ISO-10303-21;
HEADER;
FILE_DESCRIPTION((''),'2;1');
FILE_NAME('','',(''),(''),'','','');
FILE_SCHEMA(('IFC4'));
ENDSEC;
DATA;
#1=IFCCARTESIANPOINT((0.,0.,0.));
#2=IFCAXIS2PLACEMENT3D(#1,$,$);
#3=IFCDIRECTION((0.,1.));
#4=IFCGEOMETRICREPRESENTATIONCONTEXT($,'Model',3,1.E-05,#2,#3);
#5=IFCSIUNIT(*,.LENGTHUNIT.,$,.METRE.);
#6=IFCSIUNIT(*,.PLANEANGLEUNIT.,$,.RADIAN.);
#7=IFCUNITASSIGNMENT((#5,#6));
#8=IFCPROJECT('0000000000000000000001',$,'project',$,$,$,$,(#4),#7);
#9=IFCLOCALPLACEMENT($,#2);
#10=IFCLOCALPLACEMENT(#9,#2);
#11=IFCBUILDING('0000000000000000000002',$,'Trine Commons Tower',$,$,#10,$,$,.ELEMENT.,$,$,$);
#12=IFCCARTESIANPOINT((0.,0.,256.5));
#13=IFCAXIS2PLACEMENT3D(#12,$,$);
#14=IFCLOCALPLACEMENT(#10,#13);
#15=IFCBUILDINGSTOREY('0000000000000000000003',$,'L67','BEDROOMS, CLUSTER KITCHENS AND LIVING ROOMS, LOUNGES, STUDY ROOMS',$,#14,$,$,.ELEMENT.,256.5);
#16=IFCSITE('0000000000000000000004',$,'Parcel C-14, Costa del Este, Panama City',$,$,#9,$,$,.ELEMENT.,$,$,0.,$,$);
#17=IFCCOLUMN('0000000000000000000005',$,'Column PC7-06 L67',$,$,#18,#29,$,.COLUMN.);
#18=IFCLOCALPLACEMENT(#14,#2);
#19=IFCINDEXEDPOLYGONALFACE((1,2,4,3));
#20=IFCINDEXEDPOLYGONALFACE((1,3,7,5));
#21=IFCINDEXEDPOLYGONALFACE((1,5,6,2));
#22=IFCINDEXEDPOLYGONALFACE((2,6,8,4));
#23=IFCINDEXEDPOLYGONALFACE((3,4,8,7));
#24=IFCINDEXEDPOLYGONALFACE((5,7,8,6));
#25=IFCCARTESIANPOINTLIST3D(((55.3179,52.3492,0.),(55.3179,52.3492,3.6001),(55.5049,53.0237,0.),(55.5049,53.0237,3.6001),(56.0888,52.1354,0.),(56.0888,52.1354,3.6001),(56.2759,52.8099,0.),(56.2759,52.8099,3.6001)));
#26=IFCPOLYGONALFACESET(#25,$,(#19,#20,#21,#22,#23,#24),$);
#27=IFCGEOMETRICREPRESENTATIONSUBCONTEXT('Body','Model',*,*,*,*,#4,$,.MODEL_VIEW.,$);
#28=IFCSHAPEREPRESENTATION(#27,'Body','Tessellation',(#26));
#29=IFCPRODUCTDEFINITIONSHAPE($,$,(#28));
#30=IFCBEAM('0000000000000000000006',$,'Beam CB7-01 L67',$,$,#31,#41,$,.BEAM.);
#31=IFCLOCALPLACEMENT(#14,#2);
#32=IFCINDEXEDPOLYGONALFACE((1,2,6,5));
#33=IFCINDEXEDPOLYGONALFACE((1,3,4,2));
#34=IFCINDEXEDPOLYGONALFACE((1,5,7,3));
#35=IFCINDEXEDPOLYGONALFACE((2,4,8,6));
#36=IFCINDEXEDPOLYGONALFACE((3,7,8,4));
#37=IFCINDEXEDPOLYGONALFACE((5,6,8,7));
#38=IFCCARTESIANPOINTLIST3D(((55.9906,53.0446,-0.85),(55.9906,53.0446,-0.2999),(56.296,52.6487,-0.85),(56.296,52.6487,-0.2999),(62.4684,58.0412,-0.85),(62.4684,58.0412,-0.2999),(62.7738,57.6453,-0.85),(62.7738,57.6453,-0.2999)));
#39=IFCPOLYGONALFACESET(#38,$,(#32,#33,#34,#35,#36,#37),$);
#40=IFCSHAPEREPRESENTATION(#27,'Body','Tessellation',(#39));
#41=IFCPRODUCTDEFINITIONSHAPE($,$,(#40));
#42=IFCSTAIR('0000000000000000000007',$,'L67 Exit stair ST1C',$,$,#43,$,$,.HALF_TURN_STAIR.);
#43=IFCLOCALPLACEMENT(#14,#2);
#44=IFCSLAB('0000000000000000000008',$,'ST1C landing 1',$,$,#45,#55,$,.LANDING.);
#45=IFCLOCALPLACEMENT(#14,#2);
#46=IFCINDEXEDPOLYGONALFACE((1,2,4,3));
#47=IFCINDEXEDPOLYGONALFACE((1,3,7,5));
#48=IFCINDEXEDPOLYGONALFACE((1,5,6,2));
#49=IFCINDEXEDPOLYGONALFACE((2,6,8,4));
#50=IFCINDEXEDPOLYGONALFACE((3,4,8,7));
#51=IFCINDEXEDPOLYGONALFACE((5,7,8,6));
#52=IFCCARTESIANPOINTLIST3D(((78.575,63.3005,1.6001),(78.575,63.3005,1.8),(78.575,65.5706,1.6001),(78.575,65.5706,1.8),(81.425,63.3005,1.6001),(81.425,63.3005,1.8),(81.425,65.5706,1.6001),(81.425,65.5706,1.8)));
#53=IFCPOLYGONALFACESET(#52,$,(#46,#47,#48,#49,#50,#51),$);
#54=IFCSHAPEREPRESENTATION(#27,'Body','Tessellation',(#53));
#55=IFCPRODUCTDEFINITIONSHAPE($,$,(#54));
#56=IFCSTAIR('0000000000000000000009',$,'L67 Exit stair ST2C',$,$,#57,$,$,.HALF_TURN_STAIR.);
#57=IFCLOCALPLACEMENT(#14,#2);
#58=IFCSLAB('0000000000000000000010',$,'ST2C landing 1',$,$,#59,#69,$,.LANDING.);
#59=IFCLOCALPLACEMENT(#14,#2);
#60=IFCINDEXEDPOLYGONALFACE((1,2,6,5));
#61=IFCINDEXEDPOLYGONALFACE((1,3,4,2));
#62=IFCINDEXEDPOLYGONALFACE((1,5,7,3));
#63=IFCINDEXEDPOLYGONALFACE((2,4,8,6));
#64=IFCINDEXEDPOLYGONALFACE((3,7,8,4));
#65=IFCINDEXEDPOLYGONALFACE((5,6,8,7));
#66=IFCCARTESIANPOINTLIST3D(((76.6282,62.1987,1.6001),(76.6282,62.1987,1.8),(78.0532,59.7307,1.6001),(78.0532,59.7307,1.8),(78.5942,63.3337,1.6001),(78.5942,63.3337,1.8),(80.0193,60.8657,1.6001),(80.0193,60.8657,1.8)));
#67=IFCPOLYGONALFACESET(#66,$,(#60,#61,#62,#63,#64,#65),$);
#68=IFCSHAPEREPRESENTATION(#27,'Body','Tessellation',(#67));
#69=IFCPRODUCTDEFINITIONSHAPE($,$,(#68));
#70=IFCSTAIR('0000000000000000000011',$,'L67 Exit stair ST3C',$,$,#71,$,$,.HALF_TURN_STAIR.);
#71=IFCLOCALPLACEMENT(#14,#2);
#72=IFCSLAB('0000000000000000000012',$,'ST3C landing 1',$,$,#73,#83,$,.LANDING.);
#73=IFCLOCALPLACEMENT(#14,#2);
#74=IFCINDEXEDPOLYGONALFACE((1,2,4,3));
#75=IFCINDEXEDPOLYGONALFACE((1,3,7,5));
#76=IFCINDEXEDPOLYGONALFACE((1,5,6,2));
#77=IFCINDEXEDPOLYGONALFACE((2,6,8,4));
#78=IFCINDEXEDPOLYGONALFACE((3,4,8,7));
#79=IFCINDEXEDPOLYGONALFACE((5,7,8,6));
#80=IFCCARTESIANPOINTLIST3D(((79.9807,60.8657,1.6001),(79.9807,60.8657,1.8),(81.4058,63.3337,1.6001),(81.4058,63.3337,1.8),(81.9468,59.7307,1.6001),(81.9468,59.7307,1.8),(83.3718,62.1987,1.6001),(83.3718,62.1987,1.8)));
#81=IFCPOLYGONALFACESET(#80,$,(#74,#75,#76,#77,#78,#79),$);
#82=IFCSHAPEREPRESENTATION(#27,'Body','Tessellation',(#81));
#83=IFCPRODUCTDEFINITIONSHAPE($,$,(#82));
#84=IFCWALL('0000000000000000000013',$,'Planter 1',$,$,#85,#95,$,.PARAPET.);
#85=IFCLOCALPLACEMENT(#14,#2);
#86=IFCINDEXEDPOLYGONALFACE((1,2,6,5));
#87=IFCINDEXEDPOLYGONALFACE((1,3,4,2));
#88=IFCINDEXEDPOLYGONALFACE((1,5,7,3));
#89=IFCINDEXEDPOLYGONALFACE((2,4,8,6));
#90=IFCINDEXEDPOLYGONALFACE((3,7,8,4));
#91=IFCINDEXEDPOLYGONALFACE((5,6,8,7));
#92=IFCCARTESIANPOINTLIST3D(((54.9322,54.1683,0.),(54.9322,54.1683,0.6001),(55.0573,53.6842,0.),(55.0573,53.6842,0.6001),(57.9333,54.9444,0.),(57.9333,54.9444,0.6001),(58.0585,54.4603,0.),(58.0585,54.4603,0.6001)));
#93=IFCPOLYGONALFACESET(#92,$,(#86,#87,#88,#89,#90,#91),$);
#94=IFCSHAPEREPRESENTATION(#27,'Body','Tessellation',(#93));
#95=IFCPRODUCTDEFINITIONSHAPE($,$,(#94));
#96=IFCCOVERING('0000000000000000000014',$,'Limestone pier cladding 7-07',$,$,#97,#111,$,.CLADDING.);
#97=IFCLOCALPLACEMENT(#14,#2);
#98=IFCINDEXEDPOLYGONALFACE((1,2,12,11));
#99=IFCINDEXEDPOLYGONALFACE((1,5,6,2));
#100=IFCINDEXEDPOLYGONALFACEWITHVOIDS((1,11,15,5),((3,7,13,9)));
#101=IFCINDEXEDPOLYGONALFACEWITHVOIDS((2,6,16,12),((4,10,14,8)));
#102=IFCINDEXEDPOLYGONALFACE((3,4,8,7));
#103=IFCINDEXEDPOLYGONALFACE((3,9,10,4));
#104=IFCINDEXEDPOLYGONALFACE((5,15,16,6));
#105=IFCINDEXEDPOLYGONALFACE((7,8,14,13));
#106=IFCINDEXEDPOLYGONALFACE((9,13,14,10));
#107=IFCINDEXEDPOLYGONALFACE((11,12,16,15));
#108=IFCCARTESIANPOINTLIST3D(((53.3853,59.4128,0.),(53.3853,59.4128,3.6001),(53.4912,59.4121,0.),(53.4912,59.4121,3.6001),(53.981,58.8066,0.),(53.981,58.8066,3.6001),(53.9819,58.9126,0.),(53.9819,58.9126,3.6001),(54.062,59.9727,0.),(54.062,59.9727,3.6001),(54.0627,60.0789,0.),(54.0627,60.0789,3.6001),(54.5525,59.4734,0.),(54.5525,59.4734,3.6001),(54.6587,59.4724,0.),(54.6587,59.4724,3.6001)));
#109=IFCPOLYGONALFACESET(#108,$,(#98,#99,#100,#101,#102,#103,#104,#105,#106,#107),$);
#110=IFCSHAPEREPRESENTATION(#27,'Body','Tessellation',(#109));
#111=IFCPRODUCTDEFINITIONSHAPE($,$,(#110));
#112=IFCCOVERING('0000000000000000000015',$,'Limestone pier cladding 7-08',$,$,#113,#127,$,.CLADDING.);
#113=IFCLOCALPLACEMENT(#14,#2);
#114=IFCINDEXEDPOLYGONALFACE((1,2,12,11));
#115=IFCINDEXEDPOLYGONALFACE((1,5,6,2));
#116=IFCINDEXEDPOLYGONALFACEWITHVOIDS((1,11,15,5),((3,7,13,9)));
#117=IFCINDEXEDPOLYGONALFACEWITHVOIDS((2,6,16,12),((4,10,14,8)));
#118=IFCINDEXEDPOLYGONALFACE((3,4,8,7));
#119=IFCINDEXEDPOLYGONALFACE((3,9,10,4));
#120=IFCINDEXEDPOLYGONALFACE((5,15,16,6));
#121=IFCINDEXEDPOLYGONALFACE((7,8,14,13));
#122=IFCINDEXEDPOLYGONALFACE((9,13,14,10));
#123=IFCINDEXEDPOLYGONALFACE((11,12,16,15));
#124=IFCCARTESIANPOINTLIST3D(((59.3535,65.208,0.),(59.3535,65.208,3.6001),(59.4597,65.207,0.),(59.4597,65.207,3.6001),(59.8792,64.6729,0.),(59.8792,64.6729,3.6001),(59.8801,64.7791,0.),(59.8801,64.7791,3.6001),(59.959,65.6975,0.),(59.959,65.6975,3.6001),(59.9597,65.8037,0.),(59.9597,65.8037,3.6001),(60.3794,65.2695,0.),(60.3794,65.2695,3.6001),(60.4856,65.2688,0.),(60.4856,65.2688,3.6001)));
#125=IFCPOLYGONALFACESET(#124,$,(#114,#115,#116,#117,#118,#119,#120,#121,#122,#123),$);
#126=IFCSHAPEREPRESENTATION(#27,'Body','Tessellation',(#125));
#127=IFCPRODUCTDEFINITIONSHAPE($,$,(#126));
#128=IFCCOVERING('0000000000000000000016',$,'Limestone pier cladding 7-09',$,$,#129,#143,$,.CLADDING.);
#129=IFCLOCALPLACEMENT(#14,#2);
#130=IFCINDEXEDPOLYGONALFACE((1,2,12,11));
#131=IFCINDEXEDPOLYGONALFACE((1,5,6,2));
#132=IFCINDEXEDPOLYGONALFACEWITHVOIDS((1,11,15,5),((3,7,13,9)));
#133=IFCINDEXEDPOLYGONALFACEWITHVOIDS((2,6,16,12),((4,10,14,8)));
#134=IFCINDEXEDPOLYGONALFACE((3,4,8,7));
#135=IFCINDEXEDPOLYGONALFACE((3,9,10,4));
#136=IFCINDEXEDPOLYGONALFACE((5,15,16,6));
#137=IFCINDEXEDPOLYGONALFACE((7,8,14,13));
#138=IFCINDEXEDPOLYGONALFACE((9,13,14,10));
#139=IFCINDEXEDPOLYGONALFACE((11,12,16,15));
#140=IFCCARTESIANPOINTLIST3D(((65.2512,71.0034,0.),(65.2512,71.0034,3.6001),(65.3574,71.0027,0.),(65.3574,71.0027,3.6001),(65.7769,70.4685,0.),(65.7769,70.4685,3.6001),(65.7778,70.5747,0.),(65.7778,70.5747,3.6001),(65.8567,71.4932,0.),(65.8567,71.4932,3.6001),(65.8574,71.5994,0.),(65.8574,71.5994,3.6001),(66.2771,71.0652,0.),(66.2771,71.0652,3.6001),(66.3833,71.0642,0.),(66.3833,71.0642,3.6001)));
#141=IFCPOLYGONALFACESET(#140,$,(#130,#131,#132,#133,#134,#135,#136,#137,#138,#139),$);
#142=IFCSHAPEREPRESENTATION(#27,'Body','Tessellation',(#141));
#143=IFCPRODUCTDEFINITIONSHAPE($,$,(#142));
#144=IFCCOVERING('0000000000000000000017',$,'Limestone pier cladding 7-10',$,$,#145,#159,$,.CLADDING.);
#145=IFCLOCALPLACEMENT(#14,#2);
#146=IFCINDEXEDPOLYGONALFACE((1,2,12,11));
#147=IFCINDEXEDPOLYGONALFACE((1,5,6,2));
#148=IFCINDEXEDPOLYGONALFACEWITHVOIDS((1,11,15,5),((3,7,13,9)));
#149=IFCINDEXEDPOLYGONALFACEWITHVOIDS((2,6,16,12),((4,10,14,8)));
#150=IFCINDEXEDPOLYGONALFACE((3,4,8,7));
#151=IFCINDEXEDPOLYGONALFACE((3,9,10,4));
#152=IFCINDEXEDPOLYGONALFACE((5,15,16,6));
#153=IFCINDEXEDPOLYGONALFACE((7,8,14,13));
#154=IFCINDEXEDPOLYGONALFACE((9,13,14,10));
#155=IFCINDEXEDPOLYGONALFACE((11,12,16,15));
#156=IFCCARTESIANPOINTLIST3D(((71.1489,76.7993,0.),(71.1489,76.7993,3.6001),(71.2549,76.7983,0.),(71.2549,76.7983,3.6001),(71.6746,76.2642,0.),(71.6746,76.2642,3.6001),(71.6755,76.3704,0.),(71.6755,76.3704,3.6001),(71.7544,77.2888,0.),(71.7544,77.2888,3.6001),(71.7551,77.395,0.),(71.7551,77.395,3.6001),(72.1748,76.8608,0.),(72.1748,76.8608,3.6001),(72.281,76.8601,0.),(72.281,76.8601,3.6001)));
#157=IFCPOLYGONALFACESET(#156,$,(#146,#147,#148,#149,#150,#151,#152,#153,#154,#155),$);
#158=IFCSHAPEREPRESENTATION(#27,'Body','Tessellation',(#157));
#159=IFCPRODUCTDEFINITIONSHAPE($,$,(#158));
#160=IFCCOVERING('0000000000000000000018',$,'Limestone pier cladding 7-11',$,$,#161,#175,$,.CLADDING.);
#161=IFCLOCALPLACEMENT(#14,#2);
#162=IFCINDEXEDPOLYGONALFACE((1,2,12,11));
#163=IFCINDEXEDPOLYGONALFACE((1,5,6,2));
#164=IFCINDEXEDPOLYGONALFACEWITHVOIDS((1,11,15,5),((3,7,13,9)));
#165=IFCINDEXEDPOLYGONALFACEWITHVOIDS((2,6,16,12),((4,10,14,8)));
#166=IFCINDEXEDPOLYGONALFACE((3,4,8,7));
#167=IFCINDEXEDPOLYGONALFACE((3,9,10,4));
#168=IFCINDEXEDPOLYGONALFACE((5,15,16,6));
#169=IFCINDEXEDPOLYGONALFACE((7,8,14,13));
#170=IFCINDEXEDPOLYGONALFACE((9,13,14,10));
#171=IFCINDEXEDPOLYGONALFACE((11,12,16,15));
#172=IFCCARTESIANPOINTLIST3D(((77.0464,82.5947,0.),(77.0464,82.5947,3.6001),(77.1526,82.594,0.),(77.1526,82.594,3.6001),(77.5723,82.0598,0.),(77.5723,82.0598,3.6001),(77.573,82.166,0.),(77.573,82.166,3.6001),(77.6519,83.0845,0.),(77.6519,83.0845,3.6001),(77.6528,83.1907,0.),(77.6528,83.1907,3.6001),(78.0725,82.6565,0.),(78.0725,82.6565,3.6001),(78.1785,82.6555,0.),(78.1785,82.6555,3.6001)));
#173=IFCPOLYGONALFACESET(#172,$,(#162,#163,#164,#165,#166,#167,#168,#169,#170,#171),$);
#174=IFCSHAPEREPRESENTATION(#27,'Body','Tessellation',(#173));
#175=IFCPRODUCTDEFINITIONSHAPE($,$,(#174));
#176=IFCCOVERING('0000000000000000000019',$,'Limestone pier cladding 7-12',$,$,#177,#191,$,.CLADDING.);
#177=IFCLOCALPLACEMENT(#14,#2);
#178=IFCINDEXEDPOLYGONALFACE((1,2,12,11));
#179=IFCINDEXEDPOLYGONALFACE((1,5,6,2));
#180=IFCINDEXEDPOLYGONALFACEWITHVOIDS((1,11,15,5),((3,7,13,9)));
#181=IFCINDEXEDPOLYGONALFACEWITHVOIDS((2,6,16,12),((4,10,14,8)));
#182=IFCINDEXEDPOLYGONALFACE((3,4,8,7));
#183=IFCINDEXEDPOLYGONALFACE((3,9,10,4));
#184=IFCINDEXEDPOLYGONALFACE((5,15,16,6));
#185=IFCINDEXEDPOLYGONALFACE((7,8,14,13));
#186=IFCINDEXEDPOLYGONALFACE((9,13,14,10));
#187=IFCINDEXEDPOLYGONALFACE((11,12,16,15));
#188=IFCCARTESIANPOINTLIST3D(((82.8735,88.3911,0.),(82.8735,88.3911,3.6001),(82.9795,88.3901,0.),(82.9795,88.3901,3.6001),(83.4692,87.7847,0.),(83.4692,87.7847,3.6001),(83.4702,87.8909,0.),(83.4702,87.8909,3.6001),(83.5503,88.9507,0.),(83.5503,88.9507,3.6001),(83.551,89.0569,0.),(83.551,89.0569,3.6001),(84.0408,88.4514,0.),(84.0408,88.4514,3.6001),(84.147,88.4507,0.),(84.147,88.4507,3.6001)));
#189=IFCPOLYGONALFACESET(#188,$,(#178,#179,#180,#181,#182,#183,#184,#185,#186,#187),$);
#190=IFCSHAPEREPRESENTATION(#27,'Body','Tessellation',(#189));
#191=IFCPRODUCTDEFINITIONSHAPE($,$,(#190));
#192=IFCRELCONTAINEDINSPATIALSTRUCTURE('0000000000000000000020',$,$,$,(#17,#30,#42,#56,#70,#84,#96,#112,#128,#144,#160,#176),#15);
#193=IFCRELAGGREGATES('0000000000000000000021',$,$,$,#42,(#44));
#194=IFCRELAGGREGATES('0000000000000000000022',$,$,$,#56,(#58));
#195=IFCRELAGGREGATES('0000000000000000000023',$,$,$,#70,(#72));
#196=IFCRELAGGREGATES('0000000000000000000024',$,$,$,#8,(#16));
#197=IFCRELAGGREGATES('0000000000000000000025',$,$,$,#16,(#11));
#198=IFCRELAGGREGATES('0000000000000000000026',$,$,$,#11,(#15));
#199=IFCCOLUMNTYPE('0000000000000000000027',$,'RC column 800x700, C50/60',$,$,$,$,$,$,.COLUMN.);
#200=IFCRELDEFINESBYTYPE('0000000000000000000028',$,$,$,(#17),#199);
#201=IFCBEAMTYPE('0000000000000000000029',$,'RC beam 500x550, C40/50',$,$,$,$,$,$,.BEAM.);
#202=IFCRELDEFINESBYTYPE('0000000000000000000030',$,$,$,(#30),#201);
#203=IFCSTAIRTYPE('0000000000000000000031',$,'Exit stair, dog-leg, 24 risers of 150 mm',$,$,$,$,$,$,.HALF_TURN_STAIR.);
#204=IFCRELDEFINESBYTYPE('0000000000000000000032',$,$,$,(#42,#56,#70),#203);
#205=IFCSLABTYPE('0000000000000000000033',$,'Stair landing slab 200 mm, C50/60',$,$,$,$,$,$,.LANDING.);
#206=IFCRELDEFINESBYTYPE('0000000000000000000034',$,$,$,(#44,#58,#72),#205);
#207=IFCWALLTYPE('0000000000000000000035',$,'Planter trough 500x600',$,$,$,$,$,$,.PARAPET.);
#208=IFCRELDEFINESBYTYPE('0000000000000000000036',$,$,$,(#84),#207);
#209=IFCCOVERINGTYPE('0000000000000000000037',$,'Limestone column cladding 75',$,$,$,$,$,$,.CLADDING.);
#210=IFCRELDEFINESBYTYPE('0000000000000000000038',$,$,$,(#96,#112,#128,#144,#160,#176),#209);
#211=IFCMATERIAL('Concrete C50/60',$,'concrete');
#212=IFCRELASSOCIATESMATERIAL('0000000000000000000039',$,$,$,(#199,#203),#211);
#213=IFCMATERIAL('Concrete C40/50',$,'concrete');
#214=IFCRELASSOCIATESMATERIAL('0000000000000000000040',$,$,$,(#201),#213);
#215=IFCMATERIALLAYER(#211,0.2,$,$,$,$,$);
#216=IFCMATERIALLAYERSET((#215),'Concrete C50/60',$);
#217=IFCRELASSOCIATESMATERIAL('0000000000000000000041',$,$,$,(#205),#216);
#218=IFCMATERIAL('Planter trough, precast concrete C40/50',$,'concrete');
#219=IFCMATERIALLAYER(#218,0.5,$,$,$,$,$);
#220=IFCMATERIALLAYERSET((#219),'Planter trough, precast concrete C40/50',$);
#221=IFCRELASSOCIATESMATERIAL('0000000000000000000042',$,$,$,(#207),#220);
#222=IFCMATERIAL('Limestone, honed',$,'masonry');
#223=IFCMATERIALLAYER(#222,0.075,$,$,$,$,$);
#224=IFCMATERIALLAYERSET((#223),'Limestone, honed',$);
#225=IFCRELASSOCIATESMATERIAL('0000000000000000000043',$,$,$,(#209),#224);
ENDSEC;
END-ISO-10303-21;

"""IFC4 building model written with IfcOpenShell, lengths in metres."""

from ifc_helpers import new_model, si_unit, direction, frame, frame_2d, origin, origin_2d, place, context, subcontext, project, spatial, polyline, rectangle, outline, extrude, material, layer, layer_set, material_profile, profile_set, type_object, element, aggregate, save


model = new_model("IFC4")

# Units and contexts
model_context = context("Model", 3, precision=1e-05, world=origin(), true_north=direction((0.0, 1.0)))
body_context = subcontext(model_context, "Body", "Model", "MODEL_VIEW")
ifc_project = project(units=[si_unit("LENGTHUNIT", "METRE"), si_unit("PLANEANGLEUNIT", "RADIAN")], contexts=[model_context])

# Site, building, storey
site_placement = place(None, origin())
site = spatial("IfcSite", under=ifc_project, at=site_placement, Name="Parcel C-14, Costa del Este, Panama City", CompositionType="ELEMENT", RefElevation=0.0)
building_placement = place(site_placement, origin())
building = spatial("IfcBuilding", under=site, at=building_placement, Name="Trine Commons Tower", CompositionType="ELEMENT")
storey_placement = place(building_placement, frame((0.0, 0.0, 256.5)))
storey = spatial("IfcBuildingStorey", under=building, at=storey_placement, Name="L67", Description="BEDROOMS, CLUSTER KITCHENS AND LIVING ROOMS, LOUNGES, STUDY ROOMS", CompositionType="ELEMENT", Elevation=256.5)

# Column
ifc_material_1 = material(Name="Concrete C50/60", Category="concrete")
ifc_material_profile_1 = material_profile(ifc_material_1, rectangle(XDim=0.8, YDim=0.7, at=origin_2d()), Name="RC 800x700")
ifc_profile_set_1 = profile_set([ifc_material_profile_1], Name="Concrete C50/60")
column_type = type_object("IfcColumnType", Name="RC column 800x700, C50/60", PredefinedType="COLUMN", material=ifc_profile_set_1)
column_placement = place(storey_placement, frame((55.7969, 52.5796, 0.0), z_axis=(0.0, 0.0, 1.0), x_axis=(-0.96363, 0.267238, 0.0)))
element("IfcColumn", 1, at=column_placement, inside=storey, type_object=column_type, Name="Column PC7-06 L67", PredefinedType="COLUMN", context=body_context, shape_type="SweptSolid", body=[
    extrude(rectangle(XDim=0.8, YDim=0.7, at=origin_2d()), origin(), (0.0, 0.0, 1.0), 3.6001),
])

# Beam
ifc_material_2 = material(Name="Concrete C40/50", Category="concrete")
ifc_material_profile_2 = material_profile(ifc_material_2, rectangle(XDim=0.5, YDim=0.55, at=origin_2d()), Name="RC 500x550")
ifc_profile_set_2 = profile_set([ifc_material_profile_2], Name="Concrete C40/50")
beam_type = type_object("IfcBeamType", Name="RC beam 500x550, C40/50", PredefinedType="BEAM", material=ifc_profile_set_2)
beam_placement = place(storey_placement, frame((56.1433, 52.8467, -0.575), z_axis=(0.791816, 0.61076, 0.0), x_axis=(-0.61076, 0.791816, 0.0)))
element("IfcBeam", 2, at=beam_placement, inside=storey, type_object=beam_type, Name="Beam CB7-01 L67", PredefinedType="BEAM", context=body_context, shape_type="SweptSolid", body=[
    extrude(rectangle(XDim=0.5, YDim=0.55, at=origin_2d()), origin(), (0.0, 0.0, 1.0), 8.1809),
])

# Stairs, slabs
stair_type = type_object("IfcStairType", Name="Exit stair, dog-leg, 24 risers of 150 mm", PredefinedType="HALF_TURN_STAIR", material=ifc_material_1)
stair_1_placement = place(storey_placement, origin())
stair_1 = element("IfcStair", 3, at=stair_1_placement, inside=storey, type_object=stair_type, Name="L67 Exit stair ST1C", PredefinedType="HALF_TURN_STAIR")
ifc_layer_1 = layer(ifc_material_1, 0.2)
ifc_layer_set_1 = layer_set([ifc_layer_1], Name="Concrete C50/60")
slab_type = type_object("IfcSlabType", Name="Stair landing slab 200 mm, C50/60", PredefinedType="LANDING", material=ifc_layer_set_1)
slab_1_placement = place(storey_placement, frame((0.0, 0.0, 1.6001)))
slab_1 = element("IfcSlab", 4, at=slab_1_placement, type_object=slab_type, Name="ST1C landing 1", PredefinedType="LANDING", context=body_context, shape_type="SweptSolid", body=[
    extrude(outline(polyline([(78.575, 65.5706), (78.575, 63.3005), (81.425, 63.3005), (81.425, 65.5706), (78.575, 65.5706)])), origin(), (0.0, 0.0, 1.0), 0.2),
])
aggregate(stair_1, [slab_1])
stair_2_placement = place(storey_placement, origin())
stair_2 = element("IfcStair", 5, at=stair_2_placement, inside=storey, type_object=stair_type, Name="L67 Exit stair ST2C", PredefinedType="HALF_TURN_STAIR")
slab_2_placement = place(storey_placement, frame((0.0, 0.0, 1.6001)))
slab_2 = element("IfcSlab", 6, at=slab_2_placement, type_object=slab_type, Name="ST2C landing 1", PredefinedType="LANDING", context=body_context, shape_type="SweptSolid", body=[
    extrude(outline(polyline([(78.0532, 59.7307), (80.0193, 60.8657), (78.5942, 63.3337), (76.6282, 62.1987), (78.0532, 59.7307)])), origin(), (0.0, 0.0, 1.0), 0.2),
])
aggregate(stair_2, [slab_2])
stair_3_placement = place(storey_placement, origin())
stair_3 = element("IfcStair", 7, at=stair_3_placement, inside=storey, type_object=stair_type, Name="L67 Exit stair ST3C", PredefinedType="HALF_TURN_STAIR")
slab_3_placement = place(storey_placement, frame((0.0, 0.0, 1.6001)))
slab_3 = element("IfcSlab", 8, at=slab_3_placement, type_object=slab_type, Name="ST3C landing 1", PredefinedType="LANDING", context=body_context, shape_type="SweptSolid", body=[
    extrude(outline(polyline([(83.3718, 62.1987), (81.4058, 63.3337), (79.9807, 60.8657), (81.9468, 59.7307), (83.3718, 62.1987)])), origin(), (0.0, 0.0, 1.0), 0.2),
])
aggregate(stair_3, [slab_3])

# Wall
ifc_material_3 = material(Name="Planter trough, precast concrete C40/50", Category="concrete")
ifc_layer_2 = layer(ifc_material_3, 0.5)
ifc_layer_set_2 = layer_set([ifc_layer_2], Name="Planter trough, precast concrete C40/50")
wall_type = type_object("IfcWallType", Name="Planter trough 500x600", PredefinedType="PARAPET", material=ifc_layer_set_2)
wall_placement = place(storey_placement, frame((54.9949, 53.9263, 0.0), z_axis=(0.0, 0.0, 1.0), x_axis=(0.968151, 0.250366, 0.0)))
element("IfcWall", 9, at=wall_placement, inside=storey, type_object=wall_type, Name="Planter 1", PredefinedType="PARAPET", context=body_context, shape_type="SweptSolid", body=[
    extrude(rectangle(XDim=3.0999, YDim=0.5, at=frame_2d((1.5498, 0.0))), origin(), (0.0, 0.0, 1.0), 0.6001),
])

# Coverings
ifc_material_4 = material(Name="Limestone, honed", Category="masonry")
ifc_layer_3 = layer(ifc_material_4, 0.075)
ifc_layer_set_3 = layer_set([ifc_layer_3], Name="Limestone, honed")
covering_type_1 = type_object("IfcCoveringType", Name="Limestone column cladding 75", PredefinedType="CLADDING", material=ifc_layer_set_3)
covering_1_placement = place(storey_placement, origin())
element("IfcCovering", 10, at=covering_1_placement, inside=storey, type_object=covering_type_1, Name="Limestone pier cladding 7-07", PredefinedType="CLADDING", context=body_context, shape_type="SweptSolid", body=[
    extrude(outline(polyline([(54.6587, 59.4724), (54.0627, 60.0789), (53.3853, 59.4128), (53.981, 58.8066), (54.6587, 59.4724)]), holes=[polyline([(54.5525, 59.4734), (54.062, 59.9727), (53.4912, 59.4121), (53.9819, 58.9126), (54.5525, 59.4734)])]), origin(), (0.0, 0.0, 1.0), 3.6001),
])
covering_2_placement = place(storey_placement, origin())
element("IfcCovering", 11, at=covering_2_placement, inside=storey, type_object=covering_type_1, Name="Limestone pier cladding 7-08", PredefinedType="CLADDING", context=body_context, shape_type="SweptSolid", body=[
    extrude(outline(polyline([(60.4856, 65.2688), (59.9597, 65.8037), (59.3535, 65.208), (59.8792, 64.6729), (60.4856, 65.2688)]), holes=[polyline([(60.3794, 65.2695), (59.959, 65.6975), (59.4597, 65.207), (59.8801, 64.7791), (60.3794, 65.2695)])]), origin(), (0.0, 0.0, 1.0), 3.6001),
])
covering_3_placement = place(storey_placement, origin())
element("IfcCovering", 12, at=covering_3_placement, inside=storey, type_object=covering_type_1, Name="Limestone pier cladding 7-09", PredefinedType="CLADDING", context=body_context, shape_type="SweptSolid", body=[
    extrude(outline(polyline([(66.3833, 71.0642), (65.8574, 71.5994), (65.2512, 71.0034), (65.7769, 70.4685), (66.3833, 71.0642)]), holes=[polyline([(66.2771, 71.0652), (65.8567, 71.4932), (65.3574, 71.0027), (65.7778, 70.5747), (66.2771, 71.0652)])]), origin(), (0.0, 0.0, 1.0), 3.6001),
])
covering_4_placement = place(storey_placement, origin())
element("IfcCovering", 13, at=covering_4_placement, inside=storey, type_object=covering_type_1, Name="Limestone pier cladding 7-10", PredefinedType="CLADDING", context=body_context, shape_type="SweptSolid", body=[
    extrude(outline(polyline([(72.281, 76.8601), (71.7551, 77.395), (71.1489, 76.7993), (71.6746, 76.2642), (72.281, 76.8601)]), holes=[polyline([(72.1748, 76.8608), (71.7544, 77.2888), (71.2549, 76.7983), (71.6755, 76.3704), (72.1748, 76.8608)])]), origin(), (0.0, 0.0, 1.0), 3.6001),
])
covering_5_placement = place(storey_placement, origin())
element("IfcCovering", 14, at=covering_5_placement, inside=storey, type_object=covering_type_1, Name="Limestone pier cladding 7-11", PredefinedType="CLADDING", context=body_context, shape_type="SweptSolid", body=[
    extrude(outline(polyline([(78.1785, 82.6555), (77.6528, 83.1907), (77.0464, 82.5947), (77.5723, 82.0598), (78.1785, 82.6555)]), holes=[polyline([(78.0725, 82.6565), (77.6519, 83.0845), (77.1526, 82.594), (77.573, 82.166), (78.0725, 82.6565)])]), origin(), (0.0, 0.0, 1.0), 3.6001),
])
covering_6_placement = place(storey_placement, origin())
element("IfcCovering", 15, at=covering_6_placement, inside=storey, type_object=covering_type_1, Name="Limestone pier cladding 7-12", PredefinedType="CLADDING", context=body_context, shape_type="SweptSolid", body=[
    extrude(outline(polyline([(84.147, 88.4507), (83.551, 89.0569), (82.8735, 88.3911), (83.4692, 87.7847), (84.147, 88.4507)]), holes=[polyline([(84.0408, 88.4514), (83.5503, 88.9507), (82.9795, 88.3901), (83.4702, 87.8909), (84.0408, 88.4514)])]), origin(), (0.0, 0.0, 1.0), 3.6001),
])

save(model, "model.ifc")
